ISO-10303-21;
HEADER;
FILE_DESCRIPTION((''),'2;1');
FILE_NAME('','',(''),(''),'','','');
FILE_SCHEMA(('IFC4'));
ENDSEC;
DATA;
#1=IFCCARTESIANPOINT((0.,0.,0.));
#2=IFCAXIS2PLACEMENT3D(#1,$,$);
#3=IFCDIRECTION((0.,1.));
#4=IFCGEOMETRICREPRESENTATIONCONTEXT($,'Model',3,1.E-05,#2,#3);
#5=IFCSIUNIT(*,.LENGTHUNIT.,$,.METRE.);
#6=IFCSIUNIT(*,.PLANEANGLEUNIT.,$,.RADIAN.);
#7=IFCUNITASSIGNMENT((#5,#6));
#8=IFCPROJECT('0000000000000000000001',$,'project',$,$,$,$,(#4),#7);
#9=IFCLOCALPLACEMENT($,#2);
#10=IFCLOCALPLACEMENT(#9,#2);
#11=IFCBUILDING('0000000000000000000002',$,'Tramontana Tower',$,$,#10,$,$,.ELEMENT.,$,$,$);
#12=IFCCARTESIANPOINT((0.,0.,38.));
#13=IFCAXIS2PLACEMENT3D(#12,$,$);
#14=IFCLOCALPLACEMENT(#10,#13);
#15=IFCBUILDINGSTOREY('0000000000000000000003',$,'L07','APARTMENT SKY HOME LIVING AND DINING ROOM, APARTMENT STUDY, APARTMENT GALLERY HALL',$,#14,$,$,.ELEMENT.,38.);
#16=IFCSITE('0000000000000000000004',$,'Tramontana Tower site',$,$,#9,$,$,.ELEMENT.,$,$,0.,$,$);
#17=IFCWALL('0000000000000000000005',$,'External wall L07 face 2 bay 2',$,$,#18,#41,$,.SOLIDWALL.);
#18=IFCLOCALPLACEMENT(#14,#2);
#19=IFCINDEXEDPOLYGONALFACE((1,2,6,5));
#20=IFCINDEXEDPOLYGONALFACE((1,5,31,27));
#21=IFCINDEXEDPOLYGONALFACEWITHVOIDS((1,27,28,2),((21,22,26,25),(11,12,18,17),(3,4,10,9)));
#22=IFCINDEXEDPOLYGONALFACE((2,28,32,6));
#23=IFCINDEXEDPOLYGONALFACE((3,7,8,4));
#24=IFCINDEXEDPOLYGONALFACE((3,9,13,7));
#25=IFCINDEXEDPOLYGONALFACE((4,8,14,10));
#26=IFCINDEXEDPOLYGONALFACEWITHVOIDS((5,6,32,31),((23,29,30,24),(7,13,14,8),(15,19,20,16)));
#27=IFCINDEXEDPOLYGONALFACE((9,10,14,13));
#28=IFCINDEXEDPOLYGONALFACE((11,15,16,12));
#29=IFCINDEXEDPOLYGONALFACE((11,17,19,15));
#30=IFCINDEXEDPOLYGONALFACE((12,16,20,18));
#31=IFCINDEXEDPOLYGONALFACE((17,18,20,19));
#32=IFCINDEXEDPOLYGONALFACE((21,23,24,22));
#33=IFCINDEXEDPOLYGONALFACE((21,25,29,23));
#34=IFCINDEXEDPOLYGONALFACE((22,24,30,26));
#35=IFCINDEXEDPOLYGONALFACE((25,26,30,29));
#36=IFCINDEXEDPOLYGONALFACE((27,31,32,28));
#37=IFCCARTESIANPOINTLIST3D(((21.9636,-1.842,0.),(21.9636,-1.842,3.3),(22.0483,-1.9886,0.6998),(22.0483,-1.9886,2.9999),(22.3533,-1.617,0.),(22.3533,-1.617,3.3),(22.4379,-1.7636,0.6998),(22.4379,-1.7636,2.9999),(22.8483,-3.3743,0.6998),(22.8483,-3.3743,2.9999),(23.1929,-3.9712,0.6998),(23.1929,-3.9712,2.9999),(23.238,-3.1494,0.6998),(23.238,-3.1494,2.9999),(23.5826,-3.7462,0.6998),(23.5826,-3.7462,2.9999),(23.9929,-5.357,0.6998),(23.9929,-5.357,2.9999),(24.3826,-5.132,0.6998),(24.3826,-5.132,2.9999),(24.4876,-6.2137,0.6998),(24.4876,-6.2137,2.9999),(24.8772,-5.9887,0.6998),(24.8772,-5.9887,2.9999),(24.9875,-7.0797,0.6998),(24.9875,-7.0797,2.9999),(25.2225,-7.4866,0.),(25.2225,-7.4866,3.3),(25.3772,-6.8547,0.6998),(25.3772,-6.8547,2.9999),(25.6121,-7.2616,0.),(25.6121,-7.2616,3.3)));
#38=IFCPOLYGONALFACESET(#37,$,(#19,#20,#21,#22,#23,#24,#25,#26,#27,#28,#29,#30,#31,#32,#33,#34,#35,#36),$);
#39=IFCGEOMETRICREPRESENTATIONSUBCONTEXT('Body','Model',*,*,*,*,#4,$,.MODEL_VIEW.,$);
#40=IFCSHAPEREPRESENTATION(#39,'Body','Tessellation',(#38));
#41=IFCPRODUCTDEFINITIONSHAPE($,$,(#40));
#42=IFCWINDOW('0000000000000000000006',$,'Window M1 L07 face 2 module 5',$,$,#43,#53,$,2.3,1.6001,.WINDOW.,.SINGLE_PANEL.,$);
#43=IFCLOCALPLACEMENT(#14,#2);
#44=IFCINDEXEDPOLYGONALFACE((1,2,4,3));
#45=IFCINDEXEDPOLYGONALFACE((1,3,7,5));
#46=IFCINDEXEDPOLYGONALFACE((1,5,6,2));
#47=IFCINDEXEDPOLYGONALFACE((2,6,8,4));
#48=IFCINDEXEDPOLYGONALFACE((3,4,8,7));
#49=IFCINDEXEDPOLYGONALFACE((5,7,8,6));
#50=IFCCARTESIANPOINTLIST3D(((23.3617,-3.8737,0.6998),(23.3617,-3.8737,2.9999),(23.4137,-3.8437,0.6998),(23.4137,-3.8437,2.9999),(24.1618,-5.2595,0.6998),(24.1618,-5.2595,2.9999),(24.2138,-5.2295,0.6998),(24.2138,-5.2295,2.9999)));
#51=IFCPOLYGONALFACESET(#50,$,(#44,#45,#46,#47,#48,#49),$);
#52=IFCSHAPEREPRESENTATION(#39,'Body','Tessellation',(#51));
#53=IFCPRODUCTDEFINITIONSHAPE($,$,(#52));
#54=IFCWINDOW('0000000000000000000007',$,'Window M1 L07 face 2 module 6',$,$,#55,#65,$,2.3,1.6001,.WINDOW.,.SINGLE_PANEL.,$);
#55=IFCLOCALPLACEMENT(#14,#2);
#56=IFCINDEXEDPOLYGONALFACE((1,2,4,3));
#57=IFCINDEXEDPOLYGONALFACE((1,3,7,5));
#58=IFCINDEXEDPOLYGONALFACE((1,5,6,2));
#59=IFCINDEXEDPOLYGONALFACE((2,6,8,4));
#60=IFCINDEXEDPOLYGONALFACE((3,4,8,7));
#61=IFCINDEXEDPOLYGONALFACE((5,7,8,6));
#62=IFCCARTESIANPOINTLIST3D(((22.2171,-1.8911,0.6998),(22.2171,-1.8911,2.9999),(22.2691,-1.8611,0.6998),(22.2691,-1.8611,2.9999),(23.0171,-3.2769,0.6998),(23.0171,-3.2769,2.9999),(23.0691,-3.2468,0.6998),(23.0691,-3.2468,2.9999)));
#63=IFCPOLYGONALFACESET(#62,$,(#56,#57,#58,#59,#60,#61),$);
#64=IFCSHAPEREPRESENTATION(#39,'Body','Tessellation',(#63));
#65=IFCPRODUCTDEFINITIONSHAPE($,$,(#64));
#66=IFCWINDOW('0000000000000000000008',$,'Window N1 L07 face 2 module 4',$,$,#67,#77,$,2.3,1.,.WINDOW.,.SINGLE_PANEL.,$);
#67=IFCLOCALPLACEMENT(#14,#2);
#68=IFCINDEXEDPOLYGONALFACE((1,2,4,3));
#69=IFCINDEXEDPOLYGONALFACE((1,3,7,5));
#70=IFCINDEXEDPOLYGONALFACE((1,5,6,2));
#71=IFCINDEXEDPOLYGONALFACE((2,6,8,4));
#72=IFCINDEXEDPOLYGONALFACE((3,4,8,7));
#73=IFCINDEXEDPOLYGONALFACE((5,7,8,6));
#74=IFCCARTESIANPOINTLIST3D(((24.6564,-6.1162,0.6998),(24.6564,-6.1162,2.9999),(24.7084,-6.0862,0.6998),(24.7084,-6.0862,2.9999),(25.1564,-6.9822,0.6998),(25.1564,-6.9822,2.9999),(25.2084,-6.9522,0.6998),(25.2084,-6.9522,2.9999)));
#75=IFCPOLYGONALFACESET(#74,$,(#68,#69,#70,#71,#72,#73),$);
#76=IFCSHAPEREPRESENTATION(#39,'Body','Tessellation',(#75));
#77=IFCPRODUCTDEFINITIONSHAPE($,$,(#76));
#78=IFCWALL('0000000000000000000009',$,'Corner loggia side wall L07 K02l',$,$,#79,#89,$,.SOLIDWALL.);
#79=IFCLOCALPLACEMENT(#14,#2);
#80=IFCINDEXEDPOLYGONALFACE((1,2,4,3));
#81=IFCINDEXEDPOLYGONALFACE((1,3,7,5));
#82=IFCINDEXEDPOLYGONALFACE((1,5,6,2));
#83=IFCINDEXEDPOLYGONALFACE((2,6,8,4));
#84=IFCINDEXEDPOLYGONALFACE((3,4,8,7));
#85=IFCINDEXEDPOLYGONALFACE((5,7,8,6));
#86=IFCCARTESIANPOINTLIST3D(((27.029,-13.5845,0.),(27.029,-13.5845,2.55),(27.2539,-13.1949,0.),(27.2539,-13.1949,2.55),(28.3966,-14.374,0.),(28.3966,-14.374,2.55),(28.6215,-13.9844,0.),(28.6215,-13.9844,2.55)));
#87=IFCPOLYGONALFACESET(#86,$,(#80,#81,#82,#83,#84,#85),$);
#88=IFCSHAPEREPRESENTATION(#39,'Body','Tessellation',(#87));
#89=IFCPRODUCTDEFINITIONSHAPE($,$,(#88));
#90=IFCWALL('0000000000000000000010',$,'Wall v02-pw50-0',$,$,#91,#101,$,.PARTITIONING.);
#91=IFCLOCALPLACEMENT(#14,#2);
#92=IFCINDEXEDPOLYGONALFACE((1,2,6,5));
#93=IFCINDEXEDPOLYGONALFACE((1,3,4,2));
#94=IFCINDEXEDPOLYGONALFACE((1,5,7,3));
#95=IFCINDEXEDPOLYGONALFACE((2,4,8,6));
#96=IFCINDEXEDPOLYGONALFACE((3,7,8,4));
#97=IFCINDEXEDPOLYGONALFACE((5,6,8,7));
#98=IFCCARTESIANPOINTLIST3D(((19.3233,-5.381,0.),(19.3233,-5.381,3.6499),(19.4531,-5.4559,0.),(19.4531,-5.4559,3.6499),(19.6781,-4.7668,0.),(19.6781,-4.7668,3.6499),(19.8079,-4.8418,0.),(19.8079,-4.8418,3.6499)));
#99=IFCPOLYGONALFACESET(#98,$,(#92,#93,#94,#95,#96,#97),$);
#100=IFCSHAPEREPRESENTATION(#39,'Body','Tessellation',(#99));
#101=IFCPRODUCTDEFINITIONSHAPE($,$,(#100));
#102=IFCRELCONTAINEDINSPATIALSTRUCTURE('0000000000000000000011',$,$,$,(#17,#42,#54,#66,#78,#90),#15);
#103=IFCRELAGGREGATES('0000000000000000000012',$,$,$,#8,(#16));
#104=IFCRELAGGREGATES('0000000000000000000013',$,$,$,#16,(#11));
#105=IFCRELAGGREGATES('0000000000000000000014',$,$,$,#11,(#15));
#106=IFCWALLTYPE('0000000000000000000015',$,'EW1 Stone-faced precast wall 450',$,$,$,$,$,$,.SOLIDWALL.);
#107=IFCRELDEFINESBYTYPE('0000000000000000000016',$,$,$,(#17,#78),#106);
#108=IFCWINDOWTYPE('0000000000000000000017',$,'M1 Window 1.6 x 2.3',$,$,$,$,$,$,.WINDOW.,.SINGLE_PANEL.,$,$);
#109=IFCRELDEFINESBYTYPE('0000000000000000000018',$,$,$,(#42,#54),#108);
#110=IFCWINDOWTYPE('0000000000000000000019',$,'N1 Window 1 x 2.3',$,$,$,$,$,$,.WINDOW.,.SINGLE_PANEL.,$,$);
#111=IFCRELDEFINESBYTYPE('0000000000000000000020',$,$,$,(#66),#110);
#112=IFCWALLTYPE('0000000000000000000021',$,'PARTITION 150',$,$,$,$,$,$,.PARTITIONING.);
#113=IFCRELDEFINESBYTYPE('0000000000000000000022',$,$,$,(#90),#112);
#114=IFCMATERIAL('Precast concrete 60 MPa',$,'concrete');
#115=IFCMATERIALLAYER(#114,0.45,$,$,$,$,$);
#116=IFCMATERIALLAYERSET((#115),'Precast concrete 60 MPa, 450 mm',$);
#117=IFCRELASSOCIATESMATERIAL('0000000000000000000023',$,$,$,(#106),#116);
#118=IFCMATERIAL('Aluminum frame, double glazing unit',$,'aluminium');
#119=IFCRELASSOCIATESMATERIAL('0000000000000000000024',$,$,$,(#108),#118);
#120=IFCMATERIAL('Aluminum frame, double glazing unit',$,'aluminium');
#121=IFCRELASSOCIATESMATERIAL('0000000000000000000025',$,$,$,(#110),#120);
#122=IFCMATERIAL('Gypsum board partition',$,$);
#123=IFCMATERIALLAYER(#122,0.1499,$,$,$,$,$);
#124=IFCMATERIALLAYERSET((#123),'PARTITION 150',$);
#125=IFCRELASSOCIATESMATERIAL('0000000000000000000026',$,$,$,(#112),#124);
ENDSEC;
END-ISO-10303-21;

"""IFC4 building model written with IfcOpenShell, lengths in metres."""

from ifc_helpers import new_model, si_unit, direction, frame, frame_2d, origin, place, context, subcontext, project, spatial, rectangle, extrude, material, layer, layer_set, type_object, element, fill, save


model = new_model("IFC4")

# Units and contexts
model_context = context("Model", 3, precision=1e-05, world=origin(), true_north=direction((0.0, 1.0)))
body_context = subcontext(model_context, "Body", "Model", "MODEL_VIEW")
ifc_project = project(units=[si_unit("LENGTHUNIT", "METRE"), si_unit("PLANEANGLEUNIT", "RADIAN")], contexts=[model_context])

# Site, building, storey
site_placement = place(None, origin())
site = spatial("IfcSite", under=ifc_project, at=site_placement, Name="Tramontana Tower site", CompositionType="ELEMENT", RefElevation=0.0)
building_placement = place(site_placement, origin())
building = spatial("IfcBuilding", under=site, at=building_placement, Name="Tramontana Tower", CompositionType="ELEMENT")
storey_placement = place(building_placement, frame((0.0, 0.0, 38.0)))
storey = spatial("IfcBuildingStorey", under=building, at=storey_placement, Name="L07", Description="APARTMENT SKY HOME LIVING AND DINING ROOM, APARTMENT STUDY, APARTMENT GALLERY HALL", CompositionType="ELEMENT", Elevation=38.0)

# Wall, openings, windows
ifc_material_1 = material(Name="Precast concrete 60 MPa", Category="concrete")
ifc_layer_1 = layer(ifc_material_1, 0.45)
ifc_layer_set_1 = layer_set([ifc_layer_1], Name="Precast concrete 60 MPa, 450 mm")
wall_type_1 = type_object("IfcWallType", Name="EW1 Stone-faced precast wall 450", PredefinedType="SOLIDWALL", material=ifc_layer_set_1)
ifc_material_2 = material(Name="Aluminum frame, double glazing unit", Category="aluminium")
window_type_1 = type_object("IfcWindowType", Name="M1 Window 1.6 x 2.3", PartitioningType="SINGLE_PANEL", PredefinedType="WINDOW", material=ifc_material_2)
wall_1_placement = place(storey_placement, frame((25.4172, -7.374, 0.0), z_axis=(0.0, 0.0, 1.0), x_axis=(-0.49999, 0.866031, 0.0)))
wall_1 = element("IfcWall", 1, at=wall_1_placement, inside=storey, type_object=wall_type_1, Name="External wall L07 face 2 bay 2", PredefinedType="SOLIDWALL", context=body_context, shape_type="SweptSolid", body=[
    extrude(rectangle(XDim=6.5178, YDim=0.45, at=frame_2d((3.2588, 0.0))), origin(), (0.0, 0.0, 1.0), 3.3),
])
opening_1_placement = place(wall_1_placement, frame((0.4697, 0.0, 0.7)))
opening_1 = element("IfcOpeningElement", 2, at=opening_1_placement, cuts=wall_1, PredefinedType="OPENING", context=body_context, shape_type="SweptSolid", body=[
    extrude(rectangle(XDim=1.0, YDim=2.3, at=frame_2d((0.5, 1.1499))), frame((0.0, 0.2349, 0.0), z_axis=(0.0, -1.0, 0.0), x_axis=(1.0, 0.0, 0.0)), (0.0, 0.0, 1.0), 0.47),
])
opening_2_placement = place(wall_1_placement, frame((2.459, 0.0, 0.7)))
opening_2 = element("IfcOpeningElement", 3, at=opening_2_placement, cuts=wall_1, PredefinedType="OPENING", context=body_context, shape_type="SweptSolid", body=[
    extrude(rectangle(XDim=1.6001, YDim=2.3, at=frame_2d((0.8, 1.1499))), frame((0.0, 0.2349, 0.0), z_axis=(0.0, -1.0, 0.0), x_axis=(1.0, 0.0, 0.0)), (0.0, 0.0, 1.0), 0.47),
])
opening_3_placement = place(wall_1_placement, frame((4.7483, 0.0, 0.7)))
opening_3 = element("IfcOpeningElement", 4, at=opening_3_placement, cuts=wall_1, PredefinedType="OPENING", context=body_context, shape_type="SweptSolid", body=[
    extrude(rectangle(XDim=1.6001, YDim=2.3, at=frame_2d((0.8, 1.1499))), frame((0.0, 0.2349, 0.0), z_axis=(0.0, -1.0, 0.0), x_axis=(1.0, 0.0, 0.0)), (0.0, 0.0, 1.0), 0.47),
])
window_1_placement = place(opening_2_placement, origin())
window_1 = element("IfcWindow", 5, at=window_1_placement, inside=storey, type_object=window_type_1, Name="Window M1 L07 face 2 module 5", OverallHeight=2.3, OverallWidth=1.6001, PartitioningType="SINGLE_PANEL", PredefinedType="WINDOW", context=body_context, shape_type="SweptSolid", body=[
    extrude(rectangle(XDim=1.6001, YDim=2.3, at=frame_2d((0.8, 1.1499))), frame((0.0, 0.03, 0.0), z_axis=(0.0, -1.0, 0.0), x_axis=(1.0, 0.0, 0.0)), (0.0, 0.0, 1.0), 0.0601),
])
fill(opening_2, window_1)
window_2_placement = place(opening_3_placement, origin())
window_2 = element("IfcWindow", 6, at=window_2_placement, inside=storey, type_object=window_type_1, Name="Window M1 L07 face 2 module 6", OverallHeight=2.3, OverallWidth=1.6001, PartitioningType="SINGLE_PANEL", PredefinedType="WINDOW", context=body_context, shape_type="SweptSolid", body=[
    extrude(rectangle(XDim=1.6001, YDim=2.3, at=frame_2d((0.8, 1.1499))), frame((0.0, 0.03, 0.0), z_axis=(0.0, -1.0, 0.0), x_axis=(1.0, 0.0, 0.0)), (0.0, 0.0, 1.0), 0.0601),
])
fill(opening_3, window_2)
ifc_material_3 = material(Name="Aluminum frame, double glazing unit", Category="aluminium")
window_type_2 = type_object("IfcWindowType", Name="N1 Window 1 x 2.3", PartitioningType="SINGLE_PANEL", PredefinedType="WINDOW", material=ifc_material_3)
window_3_placement = place(opening_1_placement, origin())
window_3 = element("IfcWindow", 7, at=window_3_placement, inside=storey, type_object=window_type_2, Name="Window N1 L07 face 2 module 4", OverallHeight=2.3, OverallWidth=1.0, PartitioningType="SINGLE_PANEL", PredefinedType="WINDOW", context=body_context, shape_type="SweptSolid", body=[
    extrude(rectangle(XDim=1.0, YDim=2.3, at=frame_2d((0.5, 1.1499))), frame((0.0, 0.03, 0.0), z_axis=(0.0, -1.0, 0.0), x_axis=(1.0, 0.0, 0.0)), (0.0, 0.0, 1.0), 0.0601),
])
fill(opening_1, window_3)

# Wall
wall_2_placement = place(storey_placement, frame((28.509, -14.1792, 0.0), z_axis=(0.0, 0.0, 1.0), x_axis=(-0.866047, 0.499963, 0.0)))
element("IfcWall", 8, at=wall_2_placement, inside=storey, type_object=wall_type_1, Name="Corner loggia side wall L07 K02l", PredefinedType="SOLIDWALL", context=body_context, shape_type="SweptSolid", body=[
    extrude(rectangle(XDim=1.5791, YDim=0.45, at=frame_2d((0.7896, 0.0))), origin(), (0.0, 0.0, 1.0), 2.55),
])

# Wall
ifc_material_4 = material(Name="Gypsum board partition")
ifc_layer_2 = layer(ifc_material_4, 0.1499)
ifc_layer_set_2 = layer_set([ifc_layer_2], Name="PARTITION 150")
wall_type_2 = type_object("IfcWallType", Name="PARTITION 150", PredefinedType="PARTITIONING", material=ifc_layer_set_2)
wall_3_placement = place(storey_placement, frame((19.7429, -4.8044, 0.0), z_axis=(0.0, 0.0, 1.0), x_axis=(-0.500249, -0.865882, 0.0)))
element("IfcWall", 9, at=wall_3_placement, inside=storey, type_object=wall_type_2, Name="Wall v02-pw50-0", PredefinedType="PARTITIONING", context=body_context, shape_type="SweptSolid", body=[
    extrude(rectangle(XDim=0.7092, YDim=0.1499, at=frame_2d((0.3545, 0.0))), origin(), (0.0, 0.0, 1.0), 3.6499),
])

save(model, "model.ifc")
